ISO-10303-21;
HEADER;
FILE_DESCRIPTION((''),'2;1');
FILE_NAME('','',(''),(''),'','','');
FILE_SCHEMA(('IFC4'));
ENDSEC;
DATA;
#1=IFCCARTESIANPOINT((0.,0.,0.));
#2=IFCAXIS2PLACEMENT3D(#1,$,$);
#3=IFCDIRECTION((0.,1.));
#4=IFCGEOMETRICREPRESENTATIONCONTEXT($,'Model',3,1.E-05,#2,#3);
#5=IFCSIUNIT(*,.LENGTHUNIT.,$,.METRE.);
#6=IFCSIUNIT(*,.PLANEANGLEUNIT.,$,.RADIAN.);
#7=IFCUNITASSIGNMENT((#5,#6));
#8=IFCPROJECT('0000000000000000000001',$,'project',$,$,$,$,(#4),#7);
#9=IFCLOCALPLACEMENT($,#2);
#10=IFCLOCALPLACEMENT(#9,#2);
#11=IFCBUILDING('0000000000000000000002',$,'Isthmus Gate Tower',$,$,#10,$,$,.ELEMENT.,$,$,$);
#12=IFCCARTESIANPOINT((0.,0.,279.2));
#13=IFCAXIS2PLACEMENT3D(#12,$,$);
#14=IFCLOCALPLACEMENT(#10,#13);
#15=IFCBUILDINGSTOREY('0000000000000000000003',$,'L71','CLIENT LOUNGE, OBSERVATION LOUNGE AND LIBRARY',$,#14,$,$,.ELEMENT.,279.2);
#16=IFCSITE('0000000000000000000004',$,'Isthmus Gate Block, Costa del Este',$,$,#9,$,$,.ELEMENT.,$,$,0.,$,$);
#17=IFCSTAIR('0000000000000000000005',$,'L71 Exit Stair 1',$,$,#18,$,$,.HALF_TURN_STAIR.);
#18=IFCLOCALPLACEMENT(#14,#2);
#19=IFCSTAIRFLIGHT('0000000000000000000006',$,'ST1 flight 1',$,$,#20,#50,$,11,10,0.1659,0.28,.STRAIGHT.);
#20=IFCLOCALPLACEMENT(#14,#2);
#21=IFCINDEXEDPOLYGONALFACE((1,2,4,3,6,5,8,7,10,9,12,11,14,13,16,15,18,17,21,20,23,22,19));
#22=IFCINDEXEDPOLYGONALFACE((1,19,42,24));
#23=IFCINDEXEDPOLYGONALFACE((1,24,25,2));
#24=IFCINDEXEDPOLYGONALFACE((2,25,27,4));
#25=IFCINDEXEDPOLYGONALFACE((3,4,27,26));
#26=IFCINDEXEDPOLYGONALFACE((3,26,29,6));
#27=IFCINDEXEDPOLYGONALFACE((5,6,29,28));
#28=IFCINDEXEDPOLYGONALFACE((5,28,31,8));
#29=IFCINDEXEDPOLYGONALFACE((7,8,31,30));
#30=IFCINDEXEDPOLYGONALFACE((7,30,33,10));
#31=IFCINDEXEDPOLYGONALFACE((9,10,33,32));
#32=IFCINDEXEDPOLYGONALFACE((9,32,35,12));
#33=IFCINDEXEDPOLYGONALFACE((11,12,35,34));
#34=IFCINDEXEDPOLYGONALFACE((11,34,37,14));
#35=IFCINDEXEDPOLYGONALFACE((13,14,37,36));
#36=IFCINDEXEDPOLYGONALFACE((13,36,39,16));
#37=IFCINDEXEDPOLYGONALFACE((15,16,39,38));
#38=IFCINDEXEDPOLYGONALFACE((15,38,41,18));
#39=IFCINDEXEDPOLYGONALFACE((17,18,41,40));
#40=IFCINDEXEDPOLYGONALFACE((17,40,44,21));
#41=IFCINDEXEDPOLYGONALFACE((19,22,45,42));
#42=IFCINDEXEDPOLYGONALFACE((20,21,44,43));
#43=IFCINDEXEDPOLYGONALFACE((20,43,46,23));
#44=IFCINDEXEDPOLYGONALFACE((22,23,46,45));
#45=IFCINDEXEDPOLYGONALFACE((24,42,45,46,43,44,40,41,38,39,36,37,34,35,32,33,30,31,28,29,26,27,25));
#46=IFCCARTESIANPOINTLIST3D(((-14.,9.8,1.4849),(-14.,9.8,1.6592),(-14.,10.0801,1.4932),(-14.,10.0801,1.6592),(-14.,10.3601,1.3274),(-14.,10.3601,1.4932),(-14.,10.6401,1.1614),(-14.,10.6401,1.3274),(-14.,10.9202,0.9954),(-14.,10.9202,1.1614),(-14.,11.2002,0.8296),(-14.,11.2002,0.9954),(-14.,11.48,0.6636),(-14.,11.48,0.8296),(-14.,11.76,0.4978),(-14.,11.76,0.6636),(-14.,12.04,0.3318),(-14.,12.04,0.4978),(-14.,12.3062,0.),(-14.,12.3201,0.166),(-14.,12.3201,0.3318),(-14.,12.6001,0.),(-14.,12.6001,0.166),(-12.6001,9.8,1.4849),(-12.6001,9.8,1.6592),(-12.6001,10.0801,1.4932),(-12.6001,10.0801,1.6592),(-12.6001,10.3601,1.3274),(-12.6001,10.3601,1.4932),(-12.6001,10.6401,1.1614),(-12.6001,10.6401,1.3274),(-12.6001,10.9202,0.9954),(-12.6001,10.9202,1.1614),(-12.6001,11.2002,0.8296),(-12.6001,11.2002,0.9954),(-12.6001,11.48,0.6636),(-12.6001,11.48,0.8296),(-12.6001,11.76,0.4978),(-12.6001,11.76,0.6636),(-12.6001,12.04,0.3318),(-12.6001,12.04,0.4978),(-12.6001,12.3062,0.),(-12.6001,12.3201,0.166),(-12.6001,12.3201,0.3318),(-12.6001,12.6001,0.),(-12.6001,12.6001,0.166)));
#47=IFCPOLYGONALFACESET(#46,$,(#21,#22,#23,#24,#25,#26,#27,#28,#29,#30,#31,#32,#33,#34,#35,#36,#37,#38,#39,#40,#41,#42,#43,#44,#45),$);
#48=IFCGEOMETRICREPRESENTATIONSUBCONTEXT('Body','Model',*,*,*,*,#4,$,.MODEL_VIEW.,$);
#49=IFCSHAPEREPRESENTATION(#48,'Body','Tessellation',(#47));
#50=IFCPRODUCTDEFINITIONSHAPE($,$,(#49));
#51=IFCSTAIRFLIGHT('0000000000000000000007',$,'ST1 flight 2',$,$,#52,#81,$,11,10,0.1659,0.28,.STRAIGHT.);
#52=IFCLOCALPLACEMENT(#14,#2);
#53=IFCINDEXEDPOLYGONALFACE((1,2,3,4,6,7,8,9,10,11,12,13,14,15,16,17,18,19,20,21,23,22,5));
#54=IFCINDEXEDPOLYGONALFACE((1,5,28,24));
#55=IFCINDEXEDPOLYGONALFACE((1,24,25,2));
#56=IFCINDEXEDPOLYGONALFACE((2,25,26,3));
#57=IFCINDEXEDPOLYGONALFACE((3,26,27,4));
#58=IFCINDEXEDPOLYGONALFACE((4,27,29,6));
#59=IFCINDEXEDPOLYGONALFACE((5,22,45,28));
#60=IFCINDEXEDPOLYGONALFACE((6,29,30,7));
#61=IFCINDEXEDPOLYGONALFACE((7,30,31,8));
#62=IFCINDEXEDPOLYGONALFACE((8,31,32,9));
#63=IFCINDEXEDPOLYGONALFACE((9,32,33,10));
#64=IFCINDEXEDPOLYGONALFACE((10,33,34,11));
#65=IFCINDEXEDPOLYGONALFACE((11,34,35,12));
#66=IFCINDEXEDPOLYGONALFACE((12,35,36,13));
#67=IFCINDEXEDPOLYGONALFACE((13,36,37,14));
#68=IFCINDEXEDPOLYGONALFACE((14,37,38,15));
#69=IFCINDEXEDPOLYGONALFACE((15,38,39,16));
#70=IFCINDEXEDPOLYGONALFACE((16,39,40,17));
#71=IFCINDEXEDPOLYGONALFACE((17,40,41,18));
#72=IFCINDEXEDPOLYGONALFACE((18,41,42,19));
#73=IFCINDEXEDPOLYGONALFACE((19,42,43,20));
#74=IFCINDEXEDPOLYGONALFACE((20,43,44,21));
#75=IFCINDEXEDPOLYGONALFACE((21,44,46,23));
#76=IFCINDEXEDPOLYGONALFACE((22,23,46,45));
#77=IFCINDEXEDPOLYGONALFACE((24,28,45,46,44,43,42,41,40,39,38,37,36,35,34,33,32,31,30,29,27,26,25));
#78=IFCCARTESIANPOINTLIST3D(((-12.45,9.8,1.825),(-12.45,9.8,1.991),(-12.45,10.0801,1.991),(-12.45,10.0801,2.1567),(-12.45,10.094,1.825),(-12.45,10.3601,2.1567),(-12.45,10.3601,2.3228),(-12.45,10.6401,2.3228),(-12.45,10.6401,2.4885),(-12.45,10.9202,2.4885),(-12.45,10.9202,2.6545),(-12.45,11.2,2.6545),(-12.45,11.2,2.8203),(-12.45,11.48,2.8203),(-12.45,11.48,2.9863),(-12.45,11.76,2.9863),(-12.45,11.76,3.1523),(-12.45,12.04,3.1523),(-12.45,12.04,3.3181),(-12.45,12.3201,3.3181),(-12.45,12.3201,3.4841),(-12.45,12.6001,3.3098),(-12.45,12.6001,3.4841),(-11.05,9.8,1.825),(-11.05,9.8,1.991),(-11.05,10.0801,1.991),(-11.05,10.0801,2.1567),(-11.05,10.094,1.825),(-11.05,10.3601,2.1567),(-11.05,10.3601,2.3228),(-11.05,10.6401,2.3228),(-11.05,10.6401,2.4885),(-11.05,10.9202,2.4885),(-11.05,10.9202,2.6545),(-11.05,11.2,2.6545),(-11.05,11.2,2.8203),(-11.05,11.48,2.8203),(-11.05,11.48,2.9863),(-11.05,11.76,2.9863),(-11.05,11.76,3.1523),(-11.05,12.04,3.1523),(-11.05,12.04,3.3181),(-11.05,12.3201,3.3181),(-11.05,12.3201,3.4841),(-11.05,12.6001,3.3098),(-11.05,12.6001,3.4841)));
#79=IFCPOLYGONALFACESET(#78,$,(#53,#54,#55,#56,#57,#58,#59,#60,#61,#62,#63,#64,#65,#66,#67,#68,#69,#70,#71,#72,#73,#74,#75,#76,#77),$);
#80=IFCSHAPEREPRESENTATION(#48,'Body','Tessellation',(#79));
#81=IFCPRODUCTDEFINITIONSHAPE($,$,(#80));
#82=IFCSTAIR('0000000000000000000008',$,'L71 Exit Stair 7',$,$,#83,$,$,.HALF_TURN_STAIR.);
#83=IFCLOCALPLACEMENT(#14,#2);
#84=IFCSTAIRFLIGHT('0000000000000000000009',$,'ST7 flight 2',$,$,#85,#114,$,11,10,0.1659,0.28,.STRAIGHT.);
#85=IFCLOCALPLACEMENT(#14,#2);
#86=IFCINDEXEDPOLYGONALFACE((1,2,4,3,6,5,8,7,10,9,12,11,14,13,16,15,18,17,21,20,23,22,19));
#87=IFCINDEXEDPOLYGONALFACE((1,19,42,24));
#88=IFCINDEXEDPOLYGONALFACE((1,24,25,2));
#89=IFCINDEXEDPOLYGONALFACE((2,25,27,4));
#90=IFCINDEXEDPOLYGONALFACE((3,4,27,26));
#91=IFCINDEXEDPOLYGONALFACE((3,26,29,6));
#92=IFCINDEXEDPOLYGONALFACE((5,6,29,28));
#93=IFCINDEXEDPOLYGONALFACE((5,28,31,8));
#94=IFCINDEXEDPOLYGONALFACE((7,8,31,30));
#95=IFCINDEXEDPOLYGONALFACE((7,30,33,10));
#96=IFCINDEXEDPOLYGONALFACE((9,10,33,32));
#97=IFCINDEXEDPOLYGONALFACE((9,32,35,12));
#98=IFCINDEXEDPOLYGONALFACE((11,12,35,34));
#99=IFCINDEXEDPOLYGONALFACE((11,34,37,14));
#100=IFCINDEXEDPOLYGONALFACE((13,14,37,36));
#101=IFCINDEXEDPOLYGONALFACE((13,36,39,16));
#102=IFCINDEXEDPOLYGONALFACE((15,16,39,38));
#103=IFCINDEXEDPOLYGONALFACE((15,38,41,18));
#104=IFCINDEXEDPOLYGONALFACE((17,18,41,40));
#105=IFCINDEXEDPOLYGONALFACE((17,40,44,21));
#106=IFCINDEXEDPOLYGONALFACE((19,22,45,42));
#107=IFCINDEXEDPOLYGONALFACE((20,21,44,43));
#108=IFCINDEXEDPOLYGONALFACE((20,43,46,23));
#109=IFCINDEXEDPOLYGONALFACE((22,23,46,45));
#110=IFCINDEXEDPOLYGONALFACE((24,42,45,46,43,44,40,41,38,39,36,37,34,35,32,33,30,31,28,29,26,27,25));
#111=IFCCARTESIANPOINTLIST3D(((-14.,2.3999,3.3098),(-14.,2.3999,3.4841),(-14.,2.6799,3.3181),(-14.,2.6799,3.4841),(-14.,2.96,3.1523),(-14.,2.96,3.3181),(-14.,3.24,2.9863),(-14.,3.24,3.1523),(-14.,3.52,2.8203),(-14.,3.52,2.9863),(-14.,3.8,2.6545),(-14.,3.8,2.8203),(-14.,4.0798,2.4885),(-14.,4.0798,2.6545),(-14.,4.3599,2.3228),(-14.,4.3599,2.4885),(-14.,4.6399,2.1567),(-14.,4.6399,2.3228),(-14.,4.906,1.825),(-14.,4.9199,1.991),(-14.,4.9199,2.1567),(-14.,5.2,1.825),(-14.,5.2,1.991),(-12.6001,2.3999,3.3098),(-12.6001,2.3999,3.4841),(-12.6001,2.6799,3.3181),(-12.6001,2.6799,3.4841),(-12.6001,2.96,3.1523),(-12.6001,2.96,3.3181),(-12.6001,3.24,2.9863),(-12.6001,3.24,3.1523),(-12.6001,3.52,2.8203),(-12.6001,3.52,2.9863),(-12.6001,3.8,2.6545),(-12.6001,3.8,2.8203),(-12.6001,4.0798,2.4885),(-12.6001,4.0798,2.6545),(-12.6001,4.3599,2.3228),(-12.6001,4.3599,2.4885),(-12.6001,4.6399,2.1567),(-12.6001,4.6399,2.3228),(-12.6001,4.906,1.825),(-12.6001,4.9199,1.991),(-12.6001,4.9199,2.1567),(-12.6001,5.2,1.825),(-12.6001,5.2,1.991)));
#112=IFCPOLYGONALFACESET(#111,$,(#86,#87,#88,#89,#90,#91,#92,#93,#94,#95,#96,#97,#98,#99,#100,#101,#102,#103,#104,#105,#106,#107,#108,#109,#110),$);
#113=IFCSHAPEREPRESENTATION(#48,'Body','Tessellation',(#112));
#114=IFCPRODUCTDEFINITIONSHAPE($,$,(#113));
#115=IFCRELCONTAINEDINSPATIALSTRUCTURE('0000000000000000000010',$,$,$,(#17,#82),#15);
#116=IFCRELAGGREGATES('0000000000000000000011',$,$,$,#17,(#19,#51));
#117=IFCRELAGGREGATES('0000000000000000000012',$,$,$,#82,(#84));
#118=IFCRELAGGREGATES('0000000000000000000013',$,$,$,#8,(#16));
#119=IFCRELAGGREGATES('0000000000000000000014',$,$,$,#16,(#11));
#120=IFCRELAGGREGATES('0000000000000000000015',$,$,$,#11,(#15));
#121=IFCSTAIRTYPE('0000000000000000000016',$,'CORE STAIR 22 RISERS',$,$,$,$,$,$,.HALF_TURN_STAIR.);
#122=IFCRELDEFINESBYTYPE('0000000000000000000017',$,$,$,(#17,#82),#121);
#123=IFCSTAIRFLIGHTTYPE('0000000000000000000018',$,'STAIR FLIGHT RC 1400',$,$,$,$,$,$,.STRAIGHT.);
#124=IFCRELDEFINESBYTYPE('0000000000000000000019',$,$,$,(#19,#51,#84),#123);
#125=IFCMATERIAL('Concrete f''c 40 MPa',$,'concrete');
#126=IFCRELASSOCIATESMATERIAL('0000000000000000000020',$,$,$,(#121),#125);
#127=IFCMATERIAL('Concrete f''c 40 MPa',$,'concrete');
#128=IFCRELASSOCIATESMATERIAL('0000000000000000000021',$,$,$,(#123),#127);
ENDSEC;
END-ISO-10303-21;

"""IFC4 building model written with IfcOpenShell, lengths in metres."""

from ifc_helpers import new_model, si_unit, direction, frame, origin, place, context, subcontext, project, spatial, polyline, outline, extrude, material, type_object, element, aggregate, save


model = new_model("IFC4")

# Units and contexts
model_context = context("Model", 3, precision=1e-05, world=origin(), true_north=direction((0.0, 1.0)))
body_context = subcontext(model_context, "Body", "Model", "MODEL_VIEW")
ifc_project = project(units=[si_unit("LENGTHUNIT", "METRE"), si_unit("PLANEANGLEUNIT", "RADIAN")], contexts=[model_context])

# Site, building, storey
site_placement = place(None, origin())
site = spatial("IfcSite", under=ifc_project, at=site_placement, Name="Isthmus Gate Block, Costa del Este", CompositionType="ELEMENT", RefElevation=0.0)
building_placement = place(site_placement, origin())
building = spatial("IfcBuilding", under=site, at=building_placement, Name="Isthmus Gate Tower", CompositionType="ELEMENT")
storey_placement = place(building_placement, frame((0.0, 0.0, 279.2)))
storey = spatial("IfcBuildingStorey", under=building, at=storey_placement, Name="L71", Description="CLIENT LOUNGE, OBSERVATION LOUNGE AND LIBRARY", CompositionType="ELEMENT", Elevation=279.2)

# Stair, stair flights
ifc_material_1 = material(Name="Concrete f'c 40 MPa", Category="concrete")
stair_type = type_object("IfcStairType", Name="CORE STAIR 22 RISERS", PredefinedType="HALF_TURN_STAIR", material=ifc_material_1)
stair_1_placement = place(storey_placement, origin())
stair_1 = element("IfcStair", 1, at=stair_1_placement, inside=storey, type_object=stair_type, Name="L71 Exit Stair 1", PredefinedType="HALF_TURN_STAIR")
ifc_material_2 = material(Name="Concrete f'c 40 MPa", Category="concrete")
stair_flight_type = type_object("IfcStairFlightType", Name="STAIR FLIGHT RC 1400", PredefinedType="STRAIGHT", material=ifc_material_2)
stair_flight_1_placement = place(storey_placement, frame((-13.3, 12.6001, 0.0), z_axis=(0.0, 0.0, 1.0), x_axis=(0.0, -1.0, 0.0)))
stair_flight_1 = element("IfcStairFlight", 2, at=stair_flight_1_placement, type_object=stair_flight_type, Name="ST1 flight 1", NumberOfRisers=11, NumberOfTreads=10, PredefinedType="STRAIGHT", RiserHeight=0.1659, TreadLength=0.28, context=body_context, shape_type="SweptSolid", body=[
    extrude(outline(polyline([(0.0, 0.0), (0.0, 0.166), (0.28, 0.166), (0.28, 0.3318), (0.5601, 0.3318), (0.5601, 0.4978), (0.8401, 0.4978), (0.8401, 0.6636), (1.1201, 0.6636), (1.1201, 0.8296), (1.3999, 0.8296), (1.3999, 0.9954), (1.6799, 0.9954), (1.6799, 1.1614), (1.96, 1.1614), (1.96, 1.3274), (2.24, 1.3274), (2.24, 1.4932), (2.52, 1.4932), (2.52, 1.6592), (2.8, 1.6592), (2.8, 1.825), (2.8, 1.4849), (0.2939, 0.0), (0.0, 0.0)])), frame((0.0, 0.7, 0.0), z_axis=(0.0, -1.0, 0.0), x_axis=(1.0, 0.0, 0.0)), (0.0, 0.0, 1.0), 1.3999),
])
stair_flight_2_placement = place(storey_placement, frame((-11.75, 9.8, 1.825), z_axis=(0.0, 0.0, 1.0), x_axis=(0.0, 1.0, 0.0)))
stair_flight_2 = element("IfcStairFlight", 3, at=stair_flight_2_placement, type_object=stair_flight_type, Name="ST1 flight 2", NumberOfRisers=11, NumberOfTreads=10, PredefinedType="STRAIGHT", RiserHeight=0.1659, TreadLength=0.28, context=body_context, shape_type="SweptSolid", body=[
    extrude(outline(polyline([(0.0, 0.0), (0.0, 0.166), (0.28, 0.166), (0.28, 0.3318), (0.5601, 0.3318), (0.5601, 0.4978), (0.8401, 0.4978), (0.8401, 0.6636), (1.1201, 0.6636), (1.1201, 0.8296), (1.3999, 0.8296), (1.3999, 0.9954), (1.6799, 0.9954), (1.6799, 1.1614), (1.96, 1.1614), (1.96, 1.3274), (2.24, 1.3274), (2.24, 1.4932), (2.52, 1.4932), (2.52, 1.6592), (2.8, 1.6592), (2.8, 1.825), (2.8, 1.4849), (0.2939, 0.0), (0.0, 0.0)])), frame((0.0, 0.7, 0.0), z_axis=(0.0, -1.0, 0.0), x_axis=(1.0, 0.0, 0.0)), (0.0, 0.0, 1.0), 1.3999),
])
aggregate(stair_1, [stair_flight_1, stair_flight_2])

# Stair, stair flight
stair_2_placement = place(storey_placement, origin())
stair_2 = element("IfcStair", 4, at=stair_2_placement, inside=storey, type_object=stair_type, Name="L71 Exit Stair 7", PredefinedType="HALF_TURN_STAIR")
stair_flight_3_placement = place(storey_placement, frame((-13.3, 5.2, 1.825), z_axis=(0.0, 0.0, 1.0), x_axis=(0.0, -1.0, 0.0)))
stair_flight_3 = element("IfcStairFlight", 5, at=stair_flight_3_placement, type_object=stair_flight_type, Name="ST7 flight 2", NumberOfRisers=11, NumberOfTreads=10, PredefinedType="STRAIGHT", RiserHeight=0.1659, TreadLength=0.28, context=body_context, shape_type="SweptSolid", body=[
    extrude(outline(polyline([(0.0, 0.0), (0.0, 0.166), (0.28, 0.166), (0.28, 0.3318), (0.5601, 0.3318), (0.5601, 0.4978), (0.8401, 0.4978), (0.8401, 0.6636), (1.1201, 0.6636), (1.1201, 0.8296), (1.3999, 0.8296), (1.3999, 0.9954), (1.6799, 0.9954), (1.6799, 1.1614), (1.96, 1.1614), (1.96, 1.3274), (2.24, 1.3274), (2.24, 1.4932), (2.52, 1.4932), (2.52, 1.6592), (2.8, 1.6592), (2.8, 1.825), (2.8, 1.4849), (0.2939, 0.0), (0.0, 0.0)])), frame((0.0, 0.7, 0.0), z_axis=(0.0, -1.0, 0.0), x_axis=(1.0, 0.0, 0.0)), (0.0, 0.0, 1.0), 1.3999),
])
aggregate(stair_2, [stair_flight_3])

save(model, "model.ifc")
